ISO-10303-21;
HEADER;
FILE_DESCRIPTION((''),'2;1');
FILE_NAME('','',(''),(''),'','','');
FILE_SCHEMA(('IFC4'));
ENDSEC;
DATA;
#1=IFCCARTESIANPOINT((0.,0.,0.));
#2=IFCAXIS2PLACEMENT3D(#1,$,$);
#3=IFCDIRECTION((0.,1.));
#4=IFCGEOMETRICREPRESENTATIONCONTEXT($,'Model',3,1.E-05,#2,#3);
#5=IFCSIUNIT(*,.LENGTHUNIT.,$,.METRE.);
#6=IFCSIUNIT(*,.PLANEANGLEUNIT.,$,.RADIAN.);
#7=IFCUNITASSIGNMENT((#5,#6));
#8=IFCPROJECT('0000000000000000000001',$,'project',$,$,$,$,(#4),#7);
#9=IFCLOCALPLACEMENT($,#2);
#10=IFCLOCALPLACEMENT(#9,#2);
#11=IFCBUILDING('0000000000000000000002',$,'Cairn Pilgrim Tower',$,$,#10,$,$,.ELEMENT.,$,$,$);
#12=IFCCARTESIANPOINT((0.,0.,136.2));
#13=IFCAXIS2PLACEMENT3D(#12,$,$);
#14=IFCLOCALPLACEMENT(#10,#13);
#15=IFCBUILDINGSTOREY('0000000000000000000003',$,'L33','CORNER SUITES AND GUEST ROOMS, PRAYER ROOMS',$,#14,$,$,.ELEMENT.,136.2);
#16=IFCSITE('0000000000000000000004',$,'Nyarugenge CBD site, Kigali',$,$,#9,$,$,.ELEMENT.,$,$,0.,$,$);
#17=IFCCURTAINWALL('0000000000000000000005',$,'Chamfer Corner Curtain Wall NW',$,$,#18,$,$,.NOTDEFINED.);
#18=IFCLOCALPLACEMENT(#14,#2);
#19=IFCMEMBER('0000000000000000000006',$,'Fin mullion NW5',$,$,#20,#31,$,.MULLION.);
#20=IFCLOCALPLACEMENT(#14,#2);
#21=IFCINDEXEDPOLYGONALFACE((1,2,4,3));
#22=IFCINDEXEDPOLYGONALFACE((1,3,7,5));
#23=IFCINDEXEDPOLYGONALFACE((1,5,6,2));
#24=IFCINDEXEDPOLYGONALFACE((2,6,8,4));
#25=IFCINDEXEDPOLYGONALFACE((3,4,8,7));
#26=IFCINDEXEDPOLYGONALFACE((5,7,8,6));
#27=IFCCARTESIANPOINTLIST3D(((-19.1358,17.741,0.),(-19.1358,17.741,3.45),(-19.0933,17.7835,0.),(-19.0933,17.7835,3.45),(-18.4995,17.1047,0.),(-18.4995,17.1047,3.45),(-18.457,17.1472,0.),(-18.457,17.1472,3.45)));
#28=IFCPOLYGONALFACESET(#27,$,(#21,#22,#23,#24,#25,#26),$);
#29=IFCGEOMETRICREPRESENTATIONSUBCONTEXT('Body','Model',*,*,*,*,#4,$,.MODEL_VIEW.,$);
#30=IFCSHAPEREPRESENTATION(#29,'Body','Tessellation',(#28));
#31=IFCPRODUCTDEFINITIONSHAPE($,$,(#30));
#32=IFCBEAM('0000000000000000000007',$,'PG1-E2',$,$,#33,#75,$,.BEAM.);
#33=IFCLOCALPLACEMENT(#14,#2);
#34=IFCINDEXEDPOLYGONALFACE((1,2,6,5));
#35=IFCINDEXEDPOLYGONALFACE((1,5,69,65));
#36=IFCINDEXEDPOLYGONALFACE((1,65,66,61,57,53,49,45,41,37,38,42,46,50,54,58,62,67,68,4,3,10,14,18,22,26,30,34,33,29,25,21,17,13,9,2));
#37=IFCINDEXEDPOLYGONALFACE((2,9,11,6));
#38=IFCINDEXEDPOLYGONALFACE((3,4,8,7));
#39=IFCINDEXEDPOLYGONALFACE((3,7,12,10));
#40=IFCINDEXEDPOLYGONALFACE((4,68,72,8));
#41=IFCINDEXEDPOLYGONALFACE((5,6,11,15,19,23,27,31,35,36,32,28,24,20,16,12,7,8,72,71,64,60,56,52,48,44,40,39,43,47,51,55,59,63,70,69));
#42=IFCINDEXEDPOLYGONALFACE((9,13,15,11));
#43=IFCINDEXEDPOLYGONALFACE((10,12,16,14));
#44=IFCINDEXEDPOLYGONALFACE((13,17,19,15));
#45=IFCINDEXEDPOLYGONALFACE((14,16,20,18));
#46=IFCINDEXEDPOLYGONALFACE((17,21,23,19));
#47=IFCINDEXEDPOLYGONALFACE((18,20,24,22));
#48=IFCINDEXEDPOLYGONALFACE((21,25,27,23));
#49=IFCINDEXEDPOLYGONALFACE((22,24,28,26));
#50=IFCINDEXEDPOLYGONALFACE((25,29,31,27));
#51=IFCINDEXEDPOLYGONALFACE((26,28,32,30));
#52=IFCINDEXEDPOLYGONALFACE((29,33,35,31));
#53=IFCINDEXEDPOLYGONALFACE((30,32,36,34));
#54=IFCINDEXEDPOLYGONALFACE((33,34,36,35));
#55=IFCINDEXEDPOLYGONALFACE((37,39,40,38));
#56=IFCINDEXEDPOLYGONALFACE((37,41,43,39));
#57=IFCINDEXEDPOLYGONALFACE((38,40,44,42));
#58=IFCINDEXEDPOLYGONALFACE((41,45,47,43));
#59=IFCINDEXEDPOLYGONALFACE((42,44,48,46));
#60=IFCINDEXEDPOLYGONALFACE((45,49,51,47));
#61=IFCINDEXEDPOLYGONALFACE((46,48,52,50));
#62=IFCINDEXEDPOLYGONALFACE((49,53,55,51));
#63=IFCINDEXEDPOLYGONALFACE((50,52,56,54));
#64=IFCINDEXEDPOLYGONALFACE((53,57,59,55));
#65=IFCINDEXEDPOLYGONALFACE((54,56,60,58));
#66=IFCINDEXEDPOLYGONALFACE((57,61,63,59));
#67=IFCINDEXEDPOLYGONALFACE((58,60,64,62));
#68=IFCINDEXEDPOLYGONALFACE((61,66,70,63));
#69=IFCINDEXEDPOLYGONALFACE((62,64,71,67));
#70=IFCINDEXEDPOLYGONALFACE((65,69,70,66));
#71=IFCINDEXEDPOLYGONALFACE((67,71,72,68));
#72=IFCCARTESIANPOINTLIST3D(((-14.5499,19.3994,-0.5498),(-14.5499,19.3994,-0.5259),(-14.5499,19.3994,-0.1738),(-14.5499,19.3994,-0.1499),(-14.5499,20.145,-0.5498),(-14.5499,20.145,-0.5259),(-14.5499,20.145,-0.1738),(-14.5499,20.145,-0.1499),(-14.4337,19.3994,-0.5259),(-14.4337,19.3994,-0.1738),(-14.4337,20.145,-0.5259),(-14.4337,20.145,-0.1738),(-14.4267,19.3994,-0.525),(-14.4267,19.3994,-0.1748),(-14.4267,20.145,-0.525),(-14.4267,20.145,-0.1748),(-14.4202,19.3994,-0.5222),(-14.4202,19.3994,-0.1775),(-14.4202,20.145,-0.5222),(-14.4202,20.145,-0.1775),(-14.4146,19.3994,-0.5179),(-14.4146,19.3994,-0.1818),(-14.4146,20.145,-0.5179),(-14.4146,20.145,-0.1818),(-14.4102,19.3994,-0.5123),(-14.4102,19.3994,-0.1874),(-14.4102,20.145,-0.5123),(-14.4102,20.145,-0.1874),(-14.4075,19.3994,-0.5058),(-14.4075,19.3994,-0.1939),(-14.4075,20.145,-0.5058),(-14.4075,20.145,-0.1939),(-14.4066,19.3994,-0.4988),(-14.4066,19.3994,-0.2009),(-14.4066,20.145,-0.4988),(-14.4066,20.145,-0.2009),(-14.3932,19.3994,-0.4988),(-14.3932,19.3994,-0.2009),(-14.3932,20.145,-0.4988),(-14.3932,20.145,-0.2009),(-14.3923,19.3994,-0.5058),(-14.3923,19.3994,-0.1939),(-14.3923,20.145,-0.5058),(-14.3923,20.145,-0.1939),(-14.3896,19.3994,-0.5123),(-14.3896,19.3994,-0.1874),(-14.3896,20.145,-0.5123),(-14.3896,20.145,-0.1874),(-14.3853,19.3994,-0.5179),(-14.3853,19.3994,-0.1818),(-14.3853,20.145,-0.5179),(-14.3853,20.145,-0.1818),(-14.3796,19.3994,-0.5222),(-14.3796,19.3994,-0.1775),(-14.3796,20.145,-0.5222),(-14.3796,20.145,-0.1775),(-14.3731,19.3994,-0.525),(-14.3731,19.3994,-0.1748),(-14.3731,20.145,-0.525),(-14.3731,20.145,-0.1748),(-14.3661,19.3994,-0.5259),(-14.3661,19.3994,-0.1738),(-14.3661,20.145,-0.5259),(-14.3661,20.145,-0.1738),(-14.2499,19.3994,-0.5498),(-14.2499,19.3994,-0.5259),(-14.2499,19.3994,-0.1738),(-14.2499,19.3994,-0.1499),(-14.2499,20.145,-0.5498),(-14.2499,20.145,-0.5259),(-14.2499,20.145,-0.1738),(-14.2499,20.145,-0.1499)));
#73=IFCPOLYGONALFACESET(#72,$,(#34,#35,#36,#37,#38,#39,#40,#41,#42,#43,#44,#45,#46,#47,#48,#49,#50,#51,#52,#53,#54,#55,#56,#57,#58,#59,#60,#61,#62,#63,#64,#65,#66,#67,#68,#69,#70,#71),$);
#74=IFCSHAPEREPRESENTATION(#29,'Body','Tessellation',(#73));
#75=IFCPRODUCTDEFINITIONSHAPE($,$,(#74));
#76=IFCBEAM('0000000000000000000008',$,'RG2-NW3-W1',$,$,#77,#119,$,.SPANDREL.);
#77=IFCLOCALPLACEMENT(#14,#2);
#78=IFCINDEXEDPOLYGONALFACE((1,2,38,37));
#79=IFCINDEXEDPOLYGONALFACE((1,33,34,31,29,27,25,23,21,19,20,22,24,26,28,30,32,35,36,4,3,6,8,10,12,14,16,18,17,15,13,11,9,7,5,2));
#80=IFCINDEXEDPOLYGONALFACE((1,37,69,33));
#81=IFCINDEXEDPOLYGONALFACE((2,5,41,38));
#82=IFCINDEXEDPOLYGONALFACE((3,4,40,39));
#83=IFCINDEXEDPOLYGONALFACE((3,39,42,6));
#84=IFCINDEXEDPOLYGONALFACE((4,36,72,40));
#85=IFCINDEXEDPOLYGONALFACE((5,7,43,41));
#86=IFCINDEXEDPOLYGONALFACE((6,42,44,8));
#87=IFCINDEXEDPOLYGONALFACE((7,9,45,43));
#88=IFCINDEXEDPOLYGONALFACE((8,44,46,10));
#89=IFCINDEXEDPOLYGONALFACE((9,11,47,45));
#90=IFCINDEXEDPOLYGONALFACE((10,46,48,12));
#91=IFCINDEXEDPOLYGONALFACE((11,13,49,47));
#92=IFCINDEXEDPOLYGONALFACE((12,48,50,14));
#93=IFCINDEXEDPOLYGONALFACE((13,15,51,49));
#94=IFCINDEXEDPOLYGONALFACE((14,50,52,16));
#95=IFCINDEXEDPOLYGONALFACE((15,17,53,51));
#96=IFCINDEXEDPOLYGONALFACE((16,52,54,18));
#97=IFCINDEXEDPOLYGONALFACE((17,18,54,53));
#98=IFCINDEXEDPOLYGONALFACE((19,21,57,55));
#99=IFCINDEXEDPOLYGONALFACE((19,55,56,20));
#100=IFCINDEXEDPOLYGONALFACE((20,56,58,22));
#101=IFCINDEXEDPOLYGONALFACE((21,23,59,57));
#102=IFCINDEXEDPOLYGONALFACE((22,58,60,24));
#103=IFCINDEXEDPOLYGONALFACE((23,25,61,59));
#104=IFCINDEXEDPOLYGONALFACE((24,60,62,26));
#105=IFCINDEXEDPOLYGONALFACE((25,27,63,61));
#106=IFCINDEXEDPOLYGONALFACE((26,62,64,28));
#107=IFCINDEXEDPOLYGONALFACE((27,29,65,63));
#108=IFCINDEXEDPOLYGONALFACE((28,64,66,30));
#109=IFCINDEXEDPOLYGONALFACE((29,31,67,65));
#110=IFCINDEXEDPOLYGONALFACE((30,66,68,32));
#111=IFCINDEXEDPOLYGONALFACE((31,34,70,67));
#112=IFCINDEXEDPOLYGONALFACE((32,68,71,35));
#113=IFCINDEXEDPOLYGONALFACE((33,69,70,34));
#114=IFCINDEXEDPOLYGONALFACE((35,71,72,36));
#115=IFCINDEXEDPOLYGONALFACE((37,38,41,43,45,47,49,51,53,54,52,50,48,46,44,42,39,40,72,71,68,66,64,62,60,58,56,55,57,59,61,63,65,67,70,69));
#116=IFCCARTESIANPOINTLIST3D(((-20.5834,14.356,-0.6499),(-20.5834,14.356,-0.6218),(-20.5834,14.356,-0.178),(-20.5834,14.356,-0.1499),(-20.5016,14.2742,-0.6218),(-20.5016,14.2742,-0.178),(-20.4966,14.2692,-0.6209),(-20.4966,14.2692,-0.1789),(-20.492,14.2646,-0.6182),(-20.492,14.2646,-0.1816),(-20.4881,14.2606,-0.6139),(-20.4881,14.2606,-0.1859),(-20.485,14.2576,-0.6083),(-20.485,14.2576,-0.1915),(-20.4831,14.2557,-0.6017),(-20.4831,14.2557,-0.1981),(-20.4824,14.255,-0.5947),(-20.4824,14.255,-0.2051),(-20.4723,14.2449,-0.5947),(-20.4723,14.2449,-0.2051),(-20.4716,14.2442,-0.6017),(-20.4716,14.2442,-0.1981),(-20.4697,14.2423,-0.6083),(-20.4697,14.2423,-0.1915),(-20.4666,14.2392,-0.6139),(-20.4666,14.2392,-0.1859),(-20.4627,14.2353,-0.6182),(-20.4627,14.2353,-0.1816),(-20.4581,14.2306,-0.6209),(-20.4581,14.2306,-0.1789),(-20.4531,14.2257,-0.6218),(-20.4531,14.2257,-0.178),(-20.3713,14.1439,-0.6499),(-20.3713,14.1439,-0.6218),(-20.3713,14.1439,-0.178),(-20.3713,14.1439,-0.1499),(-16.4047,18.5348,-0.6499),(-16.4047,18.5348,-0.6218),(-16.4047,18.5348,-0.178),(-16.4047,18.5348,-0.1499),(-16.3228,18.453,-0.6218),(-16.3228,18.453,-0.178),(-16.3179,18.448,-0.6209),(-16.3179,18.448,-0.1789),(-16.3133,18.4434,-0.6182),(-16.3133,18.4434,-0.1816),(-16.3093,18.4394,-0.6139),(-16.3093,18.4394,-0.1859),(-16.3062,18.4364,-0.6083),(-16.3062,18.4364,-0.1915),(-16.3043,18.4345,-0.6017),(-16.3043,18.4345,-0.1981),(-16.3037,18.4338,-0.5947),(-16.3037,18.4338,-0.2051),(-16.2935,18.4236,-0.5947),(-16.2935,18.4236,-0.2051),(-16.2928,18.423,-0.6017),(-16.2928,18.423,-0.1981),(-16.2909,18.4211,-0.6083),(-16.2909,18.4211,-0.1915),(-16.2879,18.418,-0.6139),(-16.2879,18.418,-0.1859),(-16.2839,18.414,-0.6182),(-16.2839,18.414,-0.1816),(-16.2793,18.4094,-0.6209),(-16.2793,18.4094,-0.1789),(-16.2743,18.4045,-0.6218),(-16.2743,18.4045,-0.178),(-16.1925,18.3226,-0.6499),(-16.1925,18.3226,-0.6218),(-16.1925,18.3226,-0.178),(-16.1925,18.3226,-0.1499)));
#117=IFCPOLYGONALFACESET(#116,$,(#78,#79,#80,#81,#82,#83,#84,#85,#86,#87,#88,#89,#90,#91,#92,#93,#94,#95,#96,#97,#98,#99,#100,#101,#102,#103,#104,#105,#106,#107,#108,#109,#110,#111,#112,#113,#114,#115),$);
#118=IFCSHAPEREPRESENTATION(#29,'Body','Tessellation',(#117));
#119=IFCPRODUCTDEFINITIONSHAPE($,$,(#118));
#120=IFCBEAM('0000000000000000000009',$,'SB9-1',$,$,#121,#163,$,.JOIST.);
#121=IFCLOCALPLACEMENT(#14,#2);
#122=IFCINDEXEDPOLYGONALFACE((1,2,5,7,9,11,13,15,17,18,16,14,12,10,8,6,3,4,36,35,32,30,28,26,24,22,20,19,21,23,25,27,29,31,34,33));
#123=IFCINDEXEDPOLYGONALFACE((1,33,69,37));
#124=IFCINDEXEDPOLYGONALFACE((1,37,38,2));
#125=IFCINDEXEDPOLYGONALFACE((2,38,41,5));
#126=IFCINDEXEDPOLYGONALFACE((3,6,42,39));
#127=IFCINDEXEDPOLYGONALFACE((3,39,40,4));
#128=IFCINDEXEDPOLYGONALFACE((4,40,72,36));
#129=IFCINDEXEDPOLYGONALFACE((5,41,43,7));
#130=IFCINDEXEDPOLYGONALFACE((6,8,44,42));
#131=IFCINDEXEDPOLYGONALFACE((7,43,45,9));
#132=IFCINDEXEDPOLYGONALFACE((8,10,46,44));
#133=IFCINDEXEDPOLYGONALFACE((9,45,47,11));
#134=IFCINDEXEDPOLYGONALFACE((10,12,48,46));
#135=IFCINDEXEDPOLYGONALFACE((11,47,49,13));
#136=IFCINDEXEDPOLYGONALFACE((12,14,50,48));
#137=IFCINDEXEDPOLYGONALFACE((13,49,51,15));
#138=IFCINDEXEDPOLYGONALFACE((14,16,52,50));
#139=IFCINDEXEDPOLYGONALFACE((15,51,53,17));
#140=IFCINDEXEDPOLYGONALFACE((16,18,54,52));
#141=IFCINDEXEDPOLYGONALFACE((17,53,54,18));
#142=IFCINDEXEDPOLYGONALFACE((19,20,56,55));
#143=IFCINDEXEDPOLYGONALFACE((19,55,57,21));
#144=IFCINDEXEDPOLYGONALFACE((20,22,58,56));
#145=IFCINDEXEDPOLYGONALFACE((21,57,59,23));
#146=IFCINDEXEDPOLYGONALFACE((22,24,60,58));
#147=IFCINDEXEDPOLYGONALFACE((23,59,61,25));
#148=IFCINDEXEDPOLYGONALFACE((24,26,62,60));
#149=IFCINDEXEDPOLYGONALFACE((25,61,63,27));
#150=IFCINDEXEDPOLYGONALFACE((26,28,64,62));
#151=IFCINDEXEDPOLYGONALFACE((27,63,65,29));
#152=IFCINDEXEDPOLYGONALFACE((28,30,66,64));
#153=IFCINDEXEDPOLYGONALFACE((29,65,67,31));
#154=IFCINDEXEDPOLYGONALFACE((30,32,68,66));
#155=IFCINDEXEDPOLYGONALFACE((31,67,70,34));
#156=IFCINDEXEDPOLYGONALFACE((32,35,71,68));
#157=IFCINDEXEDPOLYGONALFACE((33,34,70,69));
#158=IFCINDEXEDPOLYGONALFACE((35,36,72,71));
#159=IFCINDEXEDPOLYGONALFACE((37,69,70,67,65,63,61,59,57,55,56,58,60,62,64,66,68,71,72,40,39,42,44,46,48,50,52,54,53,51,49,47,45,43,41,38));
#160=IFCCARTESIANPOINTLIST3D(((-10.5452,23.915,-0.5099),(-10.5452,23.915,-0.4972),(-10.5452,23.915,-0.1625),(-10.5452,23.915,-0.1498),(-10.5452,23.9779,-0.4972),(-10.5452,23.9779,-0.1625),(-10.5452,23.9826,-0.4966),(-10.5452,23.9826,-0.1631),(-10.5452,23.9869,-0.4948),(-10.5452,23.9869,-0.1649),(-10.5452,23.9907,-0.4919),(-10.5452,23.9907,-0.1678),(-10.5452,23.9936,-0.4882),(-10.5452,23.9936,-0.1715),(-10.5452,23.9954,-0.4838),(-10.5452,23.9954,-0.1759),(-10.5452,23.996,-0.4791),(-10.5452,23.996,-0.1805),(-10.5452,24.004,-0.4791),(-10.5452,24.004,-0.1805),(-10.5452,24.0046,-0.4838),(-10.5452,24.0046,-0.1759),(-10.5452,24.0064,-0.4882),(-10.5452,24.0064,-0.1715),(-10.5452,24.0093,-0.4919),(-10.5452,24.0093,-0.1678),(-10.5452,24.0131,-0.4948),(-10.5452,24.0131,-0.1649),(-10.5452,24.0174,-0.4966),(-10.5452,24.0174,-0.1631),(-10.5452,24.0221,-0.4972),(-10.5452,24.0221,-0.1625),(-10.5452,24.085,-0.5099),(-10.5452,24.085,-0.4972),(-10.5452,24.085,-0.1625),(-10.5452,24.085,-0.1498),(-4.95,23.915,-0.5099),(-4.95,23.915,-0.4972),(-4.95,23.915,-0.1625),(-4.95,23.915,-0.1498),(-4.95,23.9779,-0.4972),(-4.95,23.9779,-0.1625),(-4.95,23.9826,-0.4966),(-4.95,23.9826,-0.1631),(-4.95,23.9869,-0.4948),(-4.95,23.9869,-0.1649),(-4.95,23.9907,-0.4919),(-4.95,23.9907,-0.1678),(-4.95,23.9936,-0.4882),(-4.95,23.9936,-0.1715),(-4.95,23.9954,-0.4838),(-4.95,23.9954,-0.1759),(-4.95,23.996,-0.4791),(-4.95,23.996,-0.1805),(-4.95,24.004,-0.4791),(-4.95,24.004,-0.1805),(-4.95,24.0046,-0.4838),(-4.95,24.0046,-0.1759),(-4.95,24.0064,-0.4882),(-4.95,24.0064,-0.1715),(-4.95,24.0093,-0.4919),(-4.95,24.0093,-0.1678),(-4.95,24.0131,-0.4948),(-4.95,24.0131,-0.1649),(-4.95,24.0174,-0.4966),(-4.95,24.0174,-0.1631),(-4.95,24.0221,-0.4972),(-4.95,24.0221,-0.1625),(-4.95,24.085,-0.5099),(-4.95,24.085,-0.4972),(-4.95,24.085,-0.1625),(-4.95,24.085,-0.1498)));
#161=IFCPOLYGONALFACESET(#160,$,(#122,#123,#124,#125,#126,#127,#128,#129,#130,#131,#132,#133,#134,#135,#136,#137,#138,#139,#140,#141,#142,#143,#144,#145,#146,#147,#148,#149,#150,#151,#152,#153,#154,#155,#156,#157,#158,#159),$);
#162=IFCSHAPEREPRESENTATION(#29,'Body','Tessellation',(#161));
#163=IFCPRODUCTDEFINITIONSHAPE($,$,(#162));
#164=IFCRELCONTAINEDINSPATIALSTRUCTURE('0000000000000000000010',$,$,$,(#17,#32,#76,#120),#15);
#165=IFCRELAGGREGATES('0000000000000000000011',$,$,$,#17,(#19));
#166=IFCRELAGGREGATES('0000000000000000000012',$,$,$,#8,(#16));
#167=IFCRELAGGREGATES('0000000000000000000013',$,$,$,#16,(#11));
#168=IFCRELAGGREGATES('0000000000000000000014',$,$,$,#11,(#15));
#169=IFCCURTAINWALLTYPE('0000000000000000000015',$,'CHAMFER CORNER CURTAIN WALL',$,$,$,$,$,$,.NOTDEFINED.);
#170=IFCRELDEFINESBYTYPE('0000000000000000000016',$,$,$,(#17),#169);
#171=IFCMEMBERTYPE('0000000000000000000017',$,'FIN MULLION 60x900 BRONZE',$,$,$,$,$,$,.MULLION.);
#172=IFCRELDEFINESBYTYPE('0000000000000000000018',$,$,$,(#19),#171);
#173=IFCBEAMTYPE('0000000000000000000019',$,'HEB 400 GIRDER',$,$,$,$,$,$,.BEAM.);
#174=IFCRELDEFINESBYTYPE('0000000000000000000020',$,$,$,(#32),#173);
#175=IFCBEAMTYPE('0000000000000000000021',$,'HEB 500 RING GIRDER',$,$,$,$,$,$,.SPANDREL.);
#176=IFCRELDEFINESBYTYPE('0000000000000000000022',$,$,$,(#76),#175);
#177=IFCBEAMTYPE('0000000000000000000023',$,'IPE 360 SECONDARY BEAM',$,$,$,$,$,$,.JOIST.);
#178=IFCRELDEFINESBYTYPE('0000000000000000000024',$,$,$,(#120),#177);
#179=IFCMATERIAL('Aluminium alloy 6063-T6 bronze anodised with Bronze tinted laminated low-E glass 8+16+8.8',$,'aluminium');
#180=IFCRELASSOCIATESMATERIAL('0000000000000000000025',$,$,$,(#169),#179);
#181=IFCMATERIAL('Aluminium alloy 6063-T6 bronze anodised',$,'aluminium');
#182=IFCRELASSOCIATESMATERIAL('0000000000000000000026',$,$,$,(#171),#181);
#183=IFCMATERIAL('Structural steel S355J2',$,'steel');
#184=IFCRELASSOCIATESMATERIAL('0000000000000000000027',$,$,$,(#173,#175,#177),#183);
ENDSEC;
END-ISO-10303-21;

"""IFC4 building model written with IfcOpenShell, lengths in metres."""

from ifc_helpers import new_model, si_unit, direction, frame, origin, origin_2d, place, context, subcontext, project, spatial, rectangle, i_section, extrude, material, material_profile, profile_set, type_object, element, aggregate, save


model = new_model("IFC4")

# Units and contexts
model_context = context("Model", 3, precision=1e-05, world=origin(), true_north=direction((0.0, 1.0)))
body_context = subcontext(model_context, "Body", "Model", "MODEL_VIEW")
ifc_project = project(units=[si_unit("LENGTHUNIT", "METRE"), si_unit("PLANEANGLEUNIT", "RADIAN")], contexts=[model_context])

# Site, building, storey
site_placement = place(None, origin())
site = spatial("IfcSite", under=ifc_project, at=site_placement, Name="Nyarugenge CBD site, Kigali", CompositionType="ELEMENT", RefElevation=0.0)
building_placement = place(site_placement, origin())
building = spatial("IfcBuilding", under=site, at=building_placement, Name="Cairn Pilgrim Tower", CompositionType="ELEMENT")
storey_placement = place(building_placement, frame((0.0, 0.0, 136.2)))
storey = spatial("IfcBuildingStorey", under=building, at=storey_placement, Name="L33", Description="CORNER SUITES AND GUEST ROOMS, PRAYER ROOMS", CompositionType="ELEMENT", Elevation=136.2)

# Shared definitions
ifc_material_1 = material(Name="Structural steel S355J2", Category="steel")

# Curtain wall, member
ifc_material_2 = material(Name="Aluminium alloy 6063-T6 bronze anodised with Bronze tinted laminated low-E glass 8+16+8.8", Category="aluminium")
curtain_wall_type = type_object("IfcCurtainWallType", Name="CHAMFER CORNER CURTAIN WALL", PredefinedType="NOTDEFINED", material=ifc_material_2)
curtain_wall_placement = place(storey_placement, origin())
curtain_wall = element("IfcCurtainWall", 1, at=curtain_wall_placement, inside=storey, type_object=curtain_wall_type, Name="Chamfer Corner Curtain Wall NW", PredefinedType="NOTDEFINED")
ifc_material_3 = material(Name="Aluminium alloy 6063-T6 bronze anodised", Category="aluminium")
ifc_material_profile_1 = material_profile(ifc_material_3, rectangle(XDim=0.8999, YDim=0.0601, at=origin_2d()), Name="FIN MULLION 60x900 BRONZE")
ifc_profile_set_1 = profile_set([ifc_material_profile_1], Name="Aluminium alloy 6063-T6 bronze anodised")
member_type_1 = type_object("IfcMemberType", Name="FIN MULLION 60x900 BRONZE", PredefinedType="MULLION", material=ifc_profile_set_1)
member_1_placement = place(storey_placement, frame((-18.7964, 17.4441, 0.0), z_axis=(0.0, 0.0, 1.0), x_axis=(-0.707107, 0.707107, 0.0)))
member_1 = element("IfcMember", 2, at=member_1_placement, type_object=member_type_1, Name="Fin mullion NW5", PredefinedType="MULLION", context=body_context, shape_type="SweptSolid", body=[
    extrude(rectangle(XDim=0.8999, YDim=0.0601, at=origin_2d()), origin(), (0.0, 0.0, 1.0), 3.45),
])

# Beams
ifc_material_profile_2 = material_profile(ifc_material_1, i_section(OverallWidth=0.3, OverallDepth=0.3999, WebThickness=0.0134, FlangeThickness=0.0239, FilletRadius=0.0271, at=origin_2d()), Name="HEB 400")
ifc_profile_set_2 = profile_set([ifc_material_profile_2], Name="Structural steel S355J2")
beam_type_1 = type_object("IfcBeamType", Name="HEB 400 GIRDER", PredefinedType="BEAM", material=ifc_profile_set_2)
beam_1_placement = place(storey_placement, frame((-14.3999, 19.3994, -0.3499), z_axis=(0.0, 1.0, 0.0), x_axis=(-1.0, 0.0, 0.0)))
element("IfcBeam", 3, at=beam_1_placement, inside=storey, type_object=beam_type_1, Name="PG1-E2", PredefinedType="BEAM", context=body_context, shape_type="SweptSolid", body=[
    extrude(i_section(OverallWidth=0.3, OverallDepth=0.3999, WebThickness=0.0134, FlangeThickness=0.0239, FilletRadius=0.0271, at=origin_2d()), origin(), (0.0, 0.0, 1.0), 0.7456),
])
ifc_material_profile_3 = material_profile(ifc_material_1, i_section(OverallWidth=0.3, OverallDepth=0.5, WebThickness=0.0144, FlangeThickness=0.0281, FilletRadius=0.0271, at=origin_2d()), Name="HEB 500")
ifc_profile_set_3 = profile_set([ifc_material_profile_3], Name="Structural steel S355J2")
beam_type_2 = type_object("IfcBeamType", Name="HEB 500 RING GIRDER", PredefinedType="SPANDREL", material=ifc_profile_set_3)
beam_2_placement = place(storey_placement, frame((-16.2986, 18.4287, -0.3999), z_axis=(-0.707107, -0.707107, 0.0), x_axis=(0.707107, -0.707107, 0.0)))
element("IfcBeam", 4, at=beam_2_placement, inside=storey, type_object=beam_type_2, Name="RG2-NW3-W1", PredefinedType="SPANDREL", context=body_context, shape_type="SweptSolid", body=[
    extrude(i_section(OverallWidth=0.3, OverallDepth=0.5, WebThickness=0.0144, FlangeThickness=0.0281, FilletRadius=0.0271, at=origin_2d()), origin(), (0.0, 0.0, 1.0), 5.9097),
])
ifc_material_profile_4 = material_profile(ifc_material_1, i_section(OverallWidth=0.1699, OverallDepth=0.3601, WebThickness=0.0081, FlangeThickness=0.0127, FilletRadius=0.0181, at=origin_2d()), Name="IPE 360")
ifc_profile_set_4 = profile_set([ifc_material_profile_4], Name="Structural steel S355J2")
beam_type_3 = type_object("IfcBeamType", Name="IPE 360 SECONDARY BEAM", PredefinedType="JOIST", material=ifc_profile_set_4)
beam_3_placement = place(storey_placement, frame((-10.5452, 24.0, -0.3298), z_axis=(1.0, 0.0, 0.0), x_axis=(0.0, 1.0, 0.0)))
element("IfcBeam", 5, at=beam_3_placement, inside=storey, type_object=beam_type_3, Name="SB9-1", PredefinedType="JOIST", context=body_context, shape_type="SweptSolid", body=[
    extrude(i_section(OverallWidth=0.1699, OverallDepth=0.3601, WebThickness=0.0081, FlangeThickness=0.0127, FilletRadius=0.0181, at=origin_2d()), origin(), (0.0, 0.0, 1.0), 5.5952),
])

aggregate(curtain_wall, [member_1])

save(model, "model.ifc")
